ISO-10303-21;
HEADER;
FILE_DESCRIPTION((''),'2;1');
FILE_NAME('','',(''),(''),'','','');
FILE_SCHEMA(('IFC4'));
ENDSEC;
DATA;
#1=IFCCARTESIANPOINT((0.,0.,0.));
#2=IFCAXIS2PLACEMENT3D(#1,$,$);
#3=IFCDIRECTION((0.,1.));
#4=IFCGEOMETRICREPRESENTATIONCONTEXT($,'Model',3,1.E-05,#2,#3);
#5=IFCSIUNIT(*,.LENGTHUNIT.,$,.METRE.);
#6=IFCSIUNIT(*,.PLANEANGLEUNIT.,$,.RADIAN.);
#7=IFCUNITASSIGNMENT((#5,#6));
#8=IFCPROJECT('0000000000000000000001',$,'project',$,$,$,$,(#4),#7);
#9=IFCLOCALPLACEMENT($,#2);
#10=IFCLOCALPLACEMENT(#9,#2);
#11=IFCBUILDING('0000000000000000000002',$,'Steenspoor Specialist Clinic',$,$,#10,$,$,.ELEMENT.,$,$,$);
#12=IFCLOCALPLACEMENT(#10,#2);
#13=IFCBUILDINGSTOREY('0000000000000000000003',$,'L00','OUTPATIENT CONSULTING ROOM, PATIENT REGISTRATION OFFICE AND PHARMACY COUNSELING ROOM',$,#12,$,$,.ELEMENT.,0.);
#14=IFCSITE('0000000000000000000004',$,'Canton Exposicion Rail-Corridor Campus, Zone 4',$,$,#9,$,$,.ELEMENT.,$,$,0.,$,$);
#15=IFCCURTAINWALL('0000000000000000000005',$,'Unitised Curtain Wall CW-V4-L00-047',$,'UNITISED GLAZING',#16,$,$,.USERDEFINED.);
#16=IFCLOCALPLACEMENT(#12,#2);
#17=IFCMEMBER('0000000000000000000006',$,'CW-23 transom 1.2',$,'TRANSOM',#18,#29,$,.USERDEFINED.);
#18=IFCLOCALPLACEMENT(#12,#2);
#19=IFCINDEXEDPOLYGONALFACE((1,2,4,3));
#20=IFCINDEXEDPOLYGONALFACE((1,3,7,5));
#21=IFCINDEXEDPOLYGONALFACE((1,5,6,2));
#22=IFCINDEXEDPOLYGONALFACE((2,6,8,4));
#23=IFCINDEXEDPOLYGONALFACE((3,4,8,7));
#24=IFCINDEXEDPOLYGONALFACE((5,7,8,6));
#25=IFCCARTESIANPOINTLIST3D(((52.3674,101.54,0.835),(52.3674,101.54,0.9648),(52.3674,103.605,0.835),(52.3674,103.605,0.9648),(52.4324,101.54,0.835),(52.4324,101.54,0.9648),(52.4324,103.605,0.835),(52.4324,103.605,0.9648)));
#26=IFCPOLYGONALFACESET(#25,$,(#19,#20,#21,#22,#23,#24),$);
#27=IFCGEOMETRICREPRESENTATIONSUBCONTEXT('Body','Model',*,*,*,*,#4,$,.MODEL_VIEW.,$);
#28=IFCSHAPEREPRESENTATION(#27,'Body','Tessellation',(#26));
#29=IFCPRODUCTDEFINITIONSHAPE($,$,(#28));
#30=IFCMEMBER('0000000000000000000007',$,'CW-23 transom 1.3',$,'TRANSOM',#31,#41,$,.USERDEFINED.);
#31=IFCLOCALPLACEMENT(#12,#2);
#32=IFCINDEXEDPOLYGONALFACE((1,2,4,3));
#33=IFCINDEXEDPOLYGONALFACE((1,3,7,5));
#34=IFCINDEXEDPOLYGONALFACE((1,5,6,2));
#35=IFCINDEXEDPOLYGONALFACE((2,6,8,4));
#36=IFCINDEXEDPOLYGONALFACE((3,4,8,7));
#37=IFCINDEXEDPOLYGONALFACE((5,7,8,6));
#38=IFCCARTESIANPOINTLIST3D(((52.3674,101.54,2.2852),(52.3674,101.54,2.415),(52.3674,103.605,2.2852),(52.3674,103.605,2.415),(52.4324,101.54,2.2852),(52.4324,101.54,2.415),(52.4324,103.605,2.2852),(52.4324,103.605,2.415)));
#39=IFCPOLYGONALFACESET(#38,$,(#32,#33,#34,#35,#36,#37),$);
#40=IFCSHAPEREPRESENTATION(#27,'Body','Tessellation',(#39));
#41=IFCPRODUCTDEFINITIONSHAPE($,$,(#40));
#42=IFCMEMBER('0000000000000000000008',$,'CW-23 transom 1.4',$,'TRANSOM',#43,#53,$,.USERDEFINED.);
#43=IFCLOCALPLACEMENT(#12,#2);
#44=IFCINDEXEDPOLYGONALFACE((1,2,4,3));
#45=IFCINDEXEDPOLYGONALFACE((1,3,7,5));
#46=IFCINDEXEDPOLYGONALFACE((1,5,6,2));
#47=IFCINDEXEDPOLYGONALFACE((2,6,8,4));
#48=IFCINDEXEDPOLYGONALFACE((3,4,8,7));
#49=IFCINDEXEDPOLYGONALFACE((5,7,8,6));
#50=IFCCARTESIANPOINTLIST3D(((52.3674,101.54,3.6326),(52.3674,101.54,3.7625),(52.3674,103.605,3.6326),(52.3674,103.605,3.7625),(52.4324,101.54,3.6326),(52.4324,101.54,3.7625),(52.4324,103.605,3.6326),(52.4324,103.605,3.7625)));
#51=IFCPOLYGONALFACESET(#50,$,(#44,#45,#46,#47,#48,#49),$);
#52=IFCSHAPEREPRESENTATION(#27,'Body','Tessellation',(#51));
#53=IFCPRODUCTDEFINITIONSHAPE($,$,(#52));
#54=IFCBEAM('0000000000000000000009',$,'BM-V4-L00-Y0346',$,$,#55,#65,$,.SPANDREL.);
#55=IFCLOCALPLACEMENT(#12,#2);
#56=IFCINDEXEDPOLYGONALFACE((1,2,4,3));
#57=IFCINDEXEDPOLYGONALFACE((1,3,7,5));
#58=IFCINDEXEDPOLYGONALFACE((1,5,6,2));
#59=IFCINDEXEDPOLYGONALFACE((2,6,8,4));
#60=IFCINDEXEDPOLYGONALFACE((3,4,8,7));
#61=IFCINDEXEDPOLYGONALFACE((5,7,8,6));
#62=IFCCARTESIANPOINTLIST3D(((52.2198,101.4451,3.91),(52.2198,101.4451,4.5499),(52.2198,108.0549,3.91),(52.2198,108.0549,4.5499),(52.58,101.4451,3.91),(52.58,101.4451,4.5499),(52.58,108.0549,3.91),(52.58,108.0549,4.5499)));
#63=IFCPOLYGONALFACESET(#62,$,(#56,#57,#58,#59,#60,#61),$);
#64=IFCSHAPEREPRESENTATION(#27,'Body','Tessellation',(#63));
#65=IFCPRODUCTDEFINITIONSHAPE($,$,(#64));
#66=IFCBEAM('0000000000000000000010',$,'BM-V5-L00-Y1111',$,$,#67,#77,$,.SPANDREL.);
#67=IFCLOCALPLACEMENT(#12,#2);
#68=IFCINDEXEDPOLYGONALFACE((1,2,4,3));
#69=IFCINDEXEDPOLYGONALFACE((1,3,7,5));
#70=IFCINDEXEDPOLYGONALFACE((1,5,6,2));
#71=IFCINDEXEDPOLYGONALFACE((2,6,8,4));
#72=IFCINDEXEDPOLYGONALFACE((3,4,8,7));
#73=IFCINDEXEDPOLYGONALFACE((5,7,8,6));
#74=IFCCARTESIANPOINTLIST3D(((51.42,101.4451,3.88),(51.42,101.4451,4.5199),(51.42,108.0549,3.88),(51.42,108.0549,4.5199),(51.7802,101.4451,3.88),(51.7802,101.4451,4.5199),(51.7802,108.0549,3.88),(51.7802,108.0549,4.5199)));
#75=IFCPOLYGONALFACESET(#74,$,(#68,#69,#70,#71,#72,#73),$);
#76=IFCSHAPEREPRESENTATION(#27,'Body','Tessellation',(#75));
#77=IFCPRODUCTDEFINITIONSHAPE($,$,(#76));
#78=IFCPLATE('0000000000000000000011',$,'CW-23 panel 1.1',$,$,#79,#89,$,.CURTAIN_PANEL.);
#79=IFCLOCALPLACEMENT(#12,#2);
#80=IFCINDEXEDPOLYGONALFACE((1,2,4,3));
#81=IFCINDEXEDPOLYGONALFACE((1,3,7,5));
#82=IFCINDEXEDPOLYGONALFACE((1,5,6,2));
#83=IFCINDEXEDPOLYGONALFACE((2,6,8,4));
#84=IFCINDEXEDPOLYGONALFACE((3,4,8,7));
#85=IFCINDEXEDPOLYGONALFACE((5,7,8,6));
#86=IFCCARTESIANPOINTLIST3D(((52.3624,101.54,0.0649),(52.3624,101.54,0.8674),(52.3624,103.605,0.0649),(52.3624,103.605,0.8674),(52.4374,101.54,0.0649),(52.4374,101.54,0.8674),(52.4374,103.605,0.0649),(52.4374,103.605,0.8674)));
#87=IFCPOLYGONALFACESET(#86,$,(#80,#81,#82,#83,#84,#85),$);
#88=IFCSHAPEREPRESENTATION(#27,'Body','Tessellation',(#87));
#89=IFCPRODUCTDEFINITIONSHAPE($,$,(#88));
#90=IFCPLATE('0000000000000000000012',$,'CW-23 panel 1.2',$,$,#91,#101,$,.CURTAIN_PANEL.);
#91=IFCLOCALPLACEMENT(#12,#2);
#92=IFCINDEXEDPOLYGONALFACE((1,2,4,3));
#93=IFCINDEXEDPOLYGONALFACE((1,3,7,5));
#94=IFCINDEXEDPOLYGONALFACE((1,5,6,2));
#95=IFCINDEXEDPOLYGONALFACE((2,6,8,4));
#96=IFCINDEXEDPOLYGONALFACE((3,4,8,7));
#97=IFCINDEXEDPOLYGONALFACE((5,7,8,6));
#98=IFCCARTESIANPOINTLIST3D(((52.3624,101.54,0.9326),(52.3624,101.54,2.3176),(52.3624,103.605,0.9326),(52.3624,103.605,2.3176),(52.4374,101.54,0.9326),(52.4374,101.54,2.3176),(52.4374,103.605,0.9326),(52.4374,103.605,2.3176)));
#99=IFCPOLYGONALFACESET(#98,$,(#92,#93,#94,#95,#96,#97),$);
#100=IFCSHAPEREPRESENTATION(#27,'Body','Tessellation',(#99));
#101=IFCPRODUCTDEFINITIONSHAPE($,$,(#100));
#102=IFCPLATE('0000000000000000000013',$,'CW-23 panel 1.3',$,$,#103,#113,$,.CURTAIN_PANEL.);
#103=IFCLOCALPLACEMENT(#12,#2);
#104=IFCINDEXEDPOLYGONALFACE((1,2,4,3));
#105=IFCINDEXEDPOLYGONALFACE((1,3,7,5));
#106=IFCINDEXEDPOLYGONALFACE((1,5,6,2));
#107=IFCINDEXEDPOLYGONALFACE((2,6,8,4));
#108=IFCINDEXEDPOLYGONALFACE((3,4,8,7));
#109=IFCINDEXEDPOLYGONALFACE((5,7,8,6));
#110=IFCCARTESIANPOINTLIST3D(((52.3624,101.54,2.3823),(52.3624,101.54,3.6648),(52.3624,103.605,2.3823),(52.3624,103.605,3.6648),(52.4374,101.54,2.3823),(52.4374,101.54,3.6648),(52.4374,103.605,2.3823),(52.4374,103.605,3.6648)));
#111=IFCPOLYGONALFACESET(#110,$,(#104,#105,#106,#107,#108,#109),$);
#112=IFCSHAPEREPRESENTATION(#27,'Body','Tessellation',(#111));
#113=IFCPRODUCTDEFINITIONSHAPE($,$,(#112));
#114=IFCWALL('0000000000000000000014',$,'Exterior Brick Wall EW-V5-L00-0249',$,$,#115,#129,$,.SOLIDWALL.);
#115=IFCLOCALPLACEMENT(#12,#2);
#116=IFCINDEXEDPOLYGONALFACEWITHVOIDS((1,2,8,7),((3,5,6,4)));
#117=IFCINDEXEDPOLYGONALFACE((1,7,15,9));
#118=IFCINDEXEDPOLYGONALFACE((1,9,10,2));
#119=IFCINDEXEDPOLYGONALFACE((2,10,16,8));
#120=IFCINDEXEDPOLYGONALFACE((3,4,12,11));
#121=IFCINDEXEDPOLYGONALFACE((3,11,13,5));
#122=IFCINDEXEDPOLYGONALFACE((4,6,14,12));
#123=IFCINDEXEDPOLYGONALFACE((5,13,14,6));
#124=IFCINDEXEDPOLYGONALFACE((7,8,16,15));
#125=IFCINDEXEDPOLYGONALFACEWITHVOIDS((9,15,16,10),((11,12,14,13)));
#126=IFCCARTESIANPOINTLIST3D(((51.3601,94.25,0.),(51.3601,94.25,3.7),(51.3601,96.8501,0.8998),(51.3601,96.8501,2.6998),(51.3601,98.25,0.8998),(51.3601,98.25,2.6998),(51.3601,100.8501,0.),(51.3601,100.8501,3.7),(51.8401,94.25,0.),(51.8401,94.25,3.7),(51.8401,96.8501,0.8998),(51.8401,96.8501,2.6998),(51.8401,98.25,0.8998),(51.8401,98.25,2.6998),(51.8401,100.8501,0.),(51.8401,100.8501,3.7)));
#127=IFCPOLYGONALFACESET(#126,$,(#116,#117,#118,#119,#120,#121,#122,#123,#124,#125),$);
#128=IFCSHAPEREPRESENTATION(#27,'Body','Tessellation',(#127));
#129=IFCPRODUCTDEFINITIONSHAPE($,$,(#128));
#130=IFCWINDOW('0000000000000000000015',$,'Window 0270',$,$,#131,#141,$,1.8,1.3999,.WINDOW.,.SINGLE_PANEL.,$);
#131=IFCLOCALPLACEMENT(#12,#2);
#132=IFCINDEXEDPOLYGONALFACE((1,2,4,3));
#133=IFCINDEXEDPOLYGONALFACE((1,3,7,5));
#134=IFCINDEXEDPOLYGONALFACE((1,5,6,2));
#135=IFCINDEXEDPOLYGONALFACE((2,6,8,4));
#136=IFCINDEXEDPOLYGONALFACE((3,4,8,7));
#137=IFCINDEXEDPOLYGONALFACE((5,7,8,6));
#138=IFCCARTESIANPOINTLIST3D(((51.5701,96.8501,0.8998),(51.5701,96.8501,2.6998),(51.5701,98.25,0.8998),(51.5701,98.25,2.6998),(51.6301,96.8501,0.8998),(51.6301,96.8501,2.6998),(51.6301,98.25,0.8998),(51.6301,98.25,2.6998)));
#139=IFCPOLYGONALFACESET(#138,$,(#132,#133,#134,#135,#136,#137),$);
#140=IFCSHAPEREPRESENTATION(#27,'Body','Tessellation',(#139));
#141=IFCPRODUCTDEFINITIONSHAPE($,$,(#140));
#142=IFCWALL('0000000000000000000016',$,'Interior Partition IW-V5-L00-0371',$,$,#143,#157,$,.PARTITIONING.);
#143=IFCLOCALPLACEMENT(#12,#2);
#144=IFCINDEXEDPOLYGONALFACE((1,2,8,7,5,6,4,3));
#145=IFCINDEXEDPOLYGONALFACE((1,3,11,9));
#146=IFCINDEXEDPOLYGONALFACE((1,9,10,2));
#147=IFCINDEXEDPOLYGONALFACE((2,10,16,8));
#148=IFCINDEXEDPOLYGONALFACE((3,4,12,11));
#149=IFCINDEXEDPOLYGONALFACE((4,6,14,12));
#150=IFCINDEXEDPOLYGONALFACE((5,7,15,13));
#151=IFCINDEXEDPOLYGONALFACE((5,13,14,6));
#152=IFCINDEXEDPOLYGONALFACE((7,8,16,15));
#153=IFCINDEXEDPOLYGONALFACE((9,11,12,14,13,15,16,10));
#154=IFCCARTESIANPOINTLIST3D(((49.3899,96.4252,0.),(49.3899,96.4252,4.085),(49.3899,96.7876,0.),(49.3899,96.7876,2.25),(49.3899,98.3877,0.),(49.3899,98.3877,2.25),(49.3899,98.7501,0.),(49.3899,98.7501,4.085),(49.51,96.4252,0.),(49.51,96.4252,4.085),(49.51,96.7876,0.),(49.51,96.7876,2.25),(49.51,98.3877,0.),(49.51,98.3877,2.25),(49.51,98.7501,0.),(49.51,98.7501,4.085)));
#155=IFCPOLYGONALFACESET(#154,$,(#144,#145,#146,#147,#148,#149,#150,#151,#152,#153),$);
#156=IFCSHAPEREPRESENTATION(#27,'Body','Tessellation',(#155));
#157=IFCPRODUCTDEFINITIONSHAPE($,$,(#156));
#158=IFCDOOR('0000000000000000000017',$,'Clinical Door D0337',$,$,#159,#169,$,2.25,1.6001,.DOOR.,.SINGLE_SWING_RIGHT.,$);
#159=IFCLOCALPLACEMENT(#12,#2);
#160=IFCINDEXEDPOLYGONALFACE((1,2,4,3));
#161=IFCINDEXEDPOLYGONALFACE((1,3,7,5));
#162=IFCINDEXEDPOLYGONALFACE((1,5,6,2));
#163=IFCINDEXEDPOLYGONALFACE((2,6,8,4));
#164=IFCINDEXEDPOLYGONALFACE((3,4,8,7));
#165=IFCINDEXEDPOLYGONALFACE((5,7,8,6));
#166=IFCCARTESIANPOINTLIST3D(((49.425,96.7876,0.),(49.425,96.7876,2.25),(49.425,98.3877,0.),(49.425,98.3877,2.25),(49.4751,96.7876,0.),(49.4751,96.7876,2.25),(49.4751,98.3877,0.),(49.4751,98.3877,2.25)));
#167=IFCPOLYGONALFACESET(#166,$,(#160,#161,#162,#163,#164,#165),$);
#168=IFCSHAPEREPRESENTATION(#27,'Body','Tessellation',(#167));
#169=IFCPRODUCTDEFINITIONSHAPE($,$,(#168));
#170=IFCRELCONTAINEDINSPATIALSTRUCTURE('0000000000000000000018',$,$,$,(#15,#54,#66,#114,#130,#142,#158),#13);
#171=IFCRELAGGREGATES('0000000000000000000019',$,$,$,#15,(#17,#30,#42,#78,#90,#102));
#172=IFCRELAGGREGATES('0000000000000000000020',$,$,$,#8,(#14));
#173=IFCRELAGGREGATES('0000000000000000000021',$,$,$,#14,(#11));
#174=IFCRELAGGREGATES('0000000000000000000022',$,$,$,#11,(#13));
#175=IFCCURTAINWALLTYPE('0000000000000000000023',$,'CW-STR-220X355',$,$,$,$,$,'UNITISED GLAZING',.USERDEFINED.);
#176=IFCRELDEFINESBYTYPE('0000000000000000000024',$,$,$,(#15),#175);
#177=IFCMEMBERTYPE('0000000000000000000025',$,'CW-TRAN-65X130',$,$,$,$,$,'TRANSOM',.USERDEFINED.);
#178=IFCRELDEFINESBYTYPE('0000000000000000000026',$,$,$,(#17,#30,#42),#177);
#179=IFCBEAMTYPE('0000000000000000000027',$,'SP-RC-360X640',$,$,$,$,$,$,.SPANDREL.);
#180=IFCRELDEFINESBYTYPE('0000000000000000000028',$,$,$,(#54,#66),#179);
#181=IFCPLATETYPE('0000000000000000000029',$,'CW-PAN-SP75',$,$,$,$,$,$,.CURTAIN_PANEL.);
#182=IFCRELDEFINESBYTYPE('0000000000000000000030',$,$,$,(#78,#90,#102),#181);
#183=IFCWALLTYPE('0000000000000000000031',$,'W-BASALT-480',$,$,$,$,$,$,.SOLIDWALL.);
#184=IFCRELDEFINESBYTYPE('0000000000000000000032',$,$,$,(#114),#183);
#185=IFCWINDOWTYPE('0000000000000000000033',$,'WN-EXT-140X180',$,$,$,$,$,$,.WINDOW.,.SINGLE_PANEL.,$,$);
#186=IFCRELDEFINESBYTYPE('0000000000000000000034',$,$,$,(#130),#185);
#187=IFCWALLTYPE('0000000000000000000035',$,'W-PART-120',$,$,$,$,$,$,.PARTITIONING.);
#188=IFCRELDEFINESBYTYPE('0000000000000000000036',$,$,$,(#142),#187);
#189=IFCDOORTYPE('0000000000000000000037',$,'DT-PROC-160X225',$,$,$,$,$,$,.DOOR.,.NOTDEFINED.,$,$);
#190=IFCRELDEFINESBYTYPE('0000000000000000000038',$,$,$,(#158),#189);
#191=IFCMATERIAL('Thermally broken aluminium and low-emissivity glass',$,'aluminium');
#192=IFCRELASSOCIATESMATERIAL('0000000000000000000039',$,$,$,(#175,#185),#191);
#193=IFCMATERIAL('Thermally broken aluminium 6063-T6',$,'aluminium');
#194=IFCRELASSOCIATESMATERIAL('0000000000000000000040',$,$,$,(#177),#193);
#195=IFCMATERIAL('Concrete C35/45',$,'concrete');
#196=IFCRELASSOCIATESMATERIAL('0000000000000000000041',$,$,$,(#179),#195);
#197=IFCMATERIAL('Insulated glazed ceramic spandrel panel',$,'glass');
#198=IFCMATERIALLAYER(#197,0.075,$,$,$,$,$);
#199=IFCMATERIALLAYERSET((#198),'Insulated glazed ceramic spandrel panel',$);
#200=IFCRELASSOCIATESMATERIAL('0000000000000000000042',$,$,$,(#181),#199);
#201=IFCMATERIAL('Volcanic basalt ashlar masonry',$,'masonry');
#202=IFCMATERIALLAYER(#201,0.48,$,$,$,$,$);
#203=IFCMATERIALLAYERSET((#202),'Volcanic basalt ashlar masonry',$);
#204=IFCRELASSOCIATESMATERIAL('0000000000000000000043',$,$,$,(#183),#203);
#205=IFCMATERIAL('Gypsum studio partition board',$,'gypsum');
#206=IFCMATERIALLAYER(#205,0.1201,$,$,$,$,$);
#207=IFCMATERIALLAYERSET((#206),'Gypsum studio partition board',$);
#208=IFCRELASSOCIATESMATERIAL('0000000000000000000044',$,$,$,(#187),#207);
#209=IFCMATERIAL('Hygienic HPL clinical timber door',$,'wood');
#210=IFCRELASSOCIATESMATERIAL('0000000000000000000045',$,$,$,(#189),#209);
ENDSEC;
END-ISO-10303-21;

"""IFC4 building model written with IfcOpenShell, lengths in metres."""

from ifc_helpers import new_model, si_unit, direction, frame, frame_2d, origin, origin_2d, place, context, subcontext, project, spatial, rectangle, extrude, material, layer, layer_set, material_profile, profile_set, type_object, element, fill, aggregate, save


model = new_model("IFC4")

# Units and contexts
model_context = context("Model", 3, precision=1e-05, world=origin(), true_north=direction((0.0, 1.0)))
body_context = subcontext(model_context, "Body", "Model", "MODEL_VIEW")
ifc_project = project(units=[si_unit("LENGTHUNIT", "METRE"), si_unit("PLANEANGLEUNIT", "RADIAN")], contexts=[model_context])

# Site, building, storey
site_placement = place(None, origin())
site = spatial("IfcSite", under=ifc_project, at=site_placement, Name="Canton Exposicion Rail-Corridor Campus, Zone 4", CompositionType="ELEMENT", RefElevation=0.0)
building_placement = place(site_placement, origin())
building = spatial("IfcBuilding", under=site, at=building_placement, Name="Steenspoor Specialist Clinic", CompositionType="ELEMENT")
storey_placement = place(building_placement, origin())
storey = spatial("IfcBuildingStorey", under=building, at=storey_placement, Name="L00", Description="OUTPATIENT CONSULTING ROOM, PATIENT REGISTRATION OFFICE AND PHARMACY COUNSELING ROOM", CompositionType="ELEMENT", Elevation=0.0)

# Shared definitions
ifc_material_1 = material(Name="Concrete C35/45", Category="concrete")

# Curtain wall, members
ifc_material_2 = material(Name="Thermally broken aluminium and low-emissivity glass", Category="aluminium")
curtain_wall_type = type_object("IfcCurtainWallType", Name="CW-STR-220X355", ElementType="UNITISED GLAZING", PredefinedType="USERDEFINED", material=ifc_material_2)
curtain_wall_placement = place(storey_placement, origin())
curtain_wall = element("IfcCurtainWall", 1, at=curtain_wall_placement, inside=storey, type_object=curtain_wall_type, Name="Unitised Curtain Wall CW-V4-L00-047", ObjectType="UNITISED GLAZING", PredefinedType="USERDEFINED")
ifc_material_3 = material(Name="Thermally broken aluminium 6063-T6", Category="aluminium")
ifc_material_profile_1 = material_profile(ifc_material_3, rectangle(XDim=0.0649, YDim=0.1299, at=origin_2d()), Name="CWT-65X130")
ifc_profile_set_1 = profile_set([ifc_material_profile_1], Name="Thermally broken aluminium 6063-T6")
member_type_1 = type_object("IfcMemberType", Name="CW-TRAN-65X130", ElementType="TRANSOM", PredefinedType="USERDEFINED", material=ifc_profile_set_1)
member_1_placement = place(storey_placement, frame((52.3999, 101.54, 0.8999), z_axis=(0.0, 1.0, 0.0), x_axis=(-1.0, 0.0, 0.0)))
member_1 = element("IfcMember", 2, at=member_1_placement, type_object=member_type_1, Name="CW-23 transom 1.2", ObjectType="TRANSOM", PredefinedType="USERDEFINED", context=body_context, shape_type="SweptSolid", body=[
    extrude(rectangle(XDim=0.0649, YDim=0.1299, at=origin_2d()), origin(), (0.0, 0.0, 1.0), 2.0649),
])
member_2_placement = place(storey_placement, frame((52.3999, 101.54, 2.3501), z_axis=(0.0, 1.0, 0.0), x_axis=(-1.0, 0.0, 0.0)))
member_2 = element("IfcMember", 3, at=member_2_placement, type_object=member_type_1, Name="CW-23 transom 1.3", ObjectType="TRANSOM", PredefinedType="USERDEFINED", context=body_context, shape_type="SweptSolid", body=[
    extrude(rectangle(XDim=0.0649, YDim=0.1299, at=origin_2d()), origin(), (0.0, 0.0, 1.0), 2.0649),
])
member_3_placement = place(storey_placement, frame((52.3999, 101.54, 3.6975), z_axis=(0.0, 1.0, 0.0), x_axis=(-1.0, 0.0, 0.0)))
member_3 = element("IfcMember", 4, at=member_3_placement, type_object=member_type_1, Name="CW-23 transom 1.4", ObjectType="TRANSOM", PredefinedType="USERDEFINED", context=body_context, shape_type="SweptSolid", body=[
    extrude(rectangle(XDim=0.0649, YDim=0.1299, at=origin_2d()), origin(), (0.0, 0.0, 1.0), 2.0649),
])

# Beams
ifc_material_profile_2 = material_profile(ifc_material_1, rectangle(XDim=0.3601, YDim=0.6399, at=origin_2d()), Name="RC-SP-360X640")
ifc_profile_set_2 = profile_set([ifc_material_profile_2], Name="Concrete C35/45")
beam_type = type_object("IfcBeamType", Name="SP-RC-360X640", PredefinedType="SPANDREL", material=ifc_profile_set_2)
for number, where, z_axis, x_axis, name in (
    (5, (52.3999, 101.4451, 4.23), (0.0, 1.0, 0.0), (-1.0, 0.0, 0.0), "BM-V4-L00-Y0346"),
    (6, (51.6001, 101.4451, 4.2), (0.0, 1.0, 0.0), (-1.0, 0.0, 0.0), "BM-V5-L00-Y1111"),
):
    element("IfcBeam", number, at=place(storey_placement, frame(where, z_axis=z_axis, x_axis=x_axis)), inside=storey, type_object=beam_type, Name=name, PredefinedType="SPANDREL", context=body_context, shape_type="SweptSolid", body=[
        extrude(rectangle(XDim=0.3601, YDim=0.6399, at=origin_2d()), origin(), (0.0, 0.0, 1.0), 6.6099),
    ])

# Plates
ifc_material_4 = material(Name="Insulated glazed ceramic spandrel panel", Category="glass")
ifc_layer_1 = layer(ifc_material_4, 0.075)
ifc_layer_set_1 = layer_set([ifc_layer_1], Name="Insulated glazed ceramic spandrel panel")
plate_type = type_object("IfcPlateType", Name="CW-PAN-SP75", PredefinedType="CURTAIN_PANEL", material=ifc_layer_set_1)
plate_1_placement = place(storey_placement, frame((52.3999, 102.5725, 0.0649), z_axis=(0.0, 0.0, 1.0), x_axis=(0.0, 1.0, 0.0)))
plate_1 = element("IfcPlate", 7, at=plate_1_placement, type_object=plate_type, Name="CW-23 panel 1.1", PredefinedType="CURTAIN_PANEL", context=body_context, shape_type="SweptSolid", body=[
    extrude(rectangle(XDim=2.0649, YDim=0.075, at=origin_2d()), origin(), (0.0, 0.0, 1.0), 0.8025),
])
plate_2_placement = place(storey_placement, frame((52.3999, 102.5725, 0.9326), z_axis=(0.0, 0.0, 1.0), x_axis=(0.0, 1.0, 0.0)))
plate_2 = element("IfcPlate", 8, at=plate_2_placement, type_object=plate_type, Name="CW-23 panel 1.2", PredefinedType="CURTAIN_PANEL", context=body_context, shape_type="SweptSolid", body=[
    extrude(rectangle(XDim=2.0649, YDim=0.075, at=origin_2d()), origin(), (0.0, 0.0, 1.0), 1.385),
])
plate_3_placement = place(storey_placement, frame((52.3999, 102.5725, 2.3823), z_axis=(0.0, 0.0, 1.0), x_axis=(0.0, 1.0, 0.0)))
plate_3 = element("IfcPlate", 9, at=plate_3_placement, type_object=plate_type, Name="CW-23 panel 1.3", PredefinedType="CURTAIN_PANEL", context=body_context, shape_type="SweptSolid", body=[
    extrude(rectangle(XDim=2.0649, YDim=0.075, at=origin_2d()), origin(), (0.0, 0.0, 1.0), 1.2825),
])
aggregate(curtain_wall, [member_1, member_2, member_3, plate_1, plate_2, plate_3])

# Wall, opening, window
ifc_material_5 = material(Name="Volcanic basalt ashlar masonry", Category="masonry")
ifc_layer_2 = layer(ifc_material_5, 0.48)
ifc_layer_set_2 = layer_set([ifc_layer_2], Name="Volcanic basalt ashlar masonry")
wall_type_1 = type_object("IfcWallType", Name="W-BASALT-480", PredefinedType="SOLIDWALL", material=ifc_layer_set_2)
wall_1_placement = place(storey_placement, frame((51.6001, 100.8501, 0.0), z_axis=(0.0, 0.0, 1.0), x_axis=(0.0, -1.0, 0.0)))
wall_1 = element("IfcWall", 10, at=wall_1_placement, inside=storey, type_object=wall_type_1, Name="Exterior Brick Wall EW-V5-L00-0249", PredefinedType="SOLIDWALL", context=body_context, shape_type="SweptSolid", body=[
    extrude(rectangle(XDim=6.6001, YDim=0.48, at=frame_2d((3.3, 0.0))), origin(), (0.0, 0.0, 1.0), 3.7),
])
opening_1_placement = place(wall_1_placement, frame((2.6001, 0.0, 0.8999)))
opening_1 = element("IfcOpeningElement", 11, at=opening_1_placement, cuts=wall_1, PredefinedType="OPENING", context=body_context, shape_type="SweptSolid", body=[
    extrude(rectangle(XDim=1.3999, YDim=1.8, at=frame_2d((0.7, 0.8999))), frame((0.0, 0.25, 0.0), z_axis=(0.0, -1.0, 0.0), x_axis=(1.0, 0.0, 0.0)), (0.0, 0.0, 1.0), 0.5),
])
window_type = type_object("IfcWindowType", Name="WN-EXT-140X180", PartitioningType="SINGLE_PANEL", PredefinedType="WINDOW", material=ifc_material_2)
window_placement = place(opening_1_placement, origin())
window = element("IfcWindow", 12, at=window_placement, inside=storey, type_object=window_type, Name="Window 0270", OverallHeight=1.8, OverallWidth=1.3999, PartitioningType="SINGLE_PANEL", PredefinedType="WINDOW", context=body_context, shape_type="SweptSolid", body=[
    extrude(rectangle(XDim=1.3999, YDim=1.8, at=frame_2d((0.7, 0.8999))), frame((0.0, 0.03, 0.0), z_axis=(0.0, -1.0, 0.0), x_axis=(1.0, 0.0, 0.0)), (0.0, 0.0, 1.0), 0.0601),
])
fill(opening_1, window)

# Wall, opening, door
ifc_material_6 = material(Name="Gypsum studio partition board", Category="gypsum")
ifc_layer_3 = layer(ifc_material_6, 0.1201)
ifc_layer_set_3 = layer_set([ifc_layer_3], Name="Gypsum studio partition board")
wall_type_2 = type_object("IfcWallType", Name="W-PART-120", PredefinedType="PARTITIONING", material=ifc_layer_set_3)
wall_2_placement = place(storey_placement, frame((49.45, 96.425, 0.0), z_axis=(0.0, 0.0, 1.0), x_axis=(0.0, 1.0, 0.0)))
wall_2 = element("IfcWall", 13, at=wall_2_placement, inside=storey, type_object=wall_type_2, Name="Interior Partition IW-V5-L00-0371", PredefinedType="PARTITIONING", context=body_context, shape_type="SweptSolid", body=[
    extrude(rectangle(XDim=2.325, YDim=0.1201, at=frame_2d((1.1626, 0.0))), origin(), (0.0, 0.0, 1.0), 4.085),
])
opening_2_placement = place(wall_2_placement, frame((0.3625, 0.0, 0.0)))
opening_2 = element("IfcOpeningElement", 14, at=opening_2_placement, cuts=wall_2, PredefinedType="OPENING", context=body_context, shape_type="SweptSolid", body=[
    extrude(rectangle(XDim=1.6001, YDim=2.25, at=frame_2d((0.8, 1.125))), frame((0.0, 0.0701, 0.0), z_axis=(0.0, -1.0, 0.0), x_axis=(1.0, 0.0, 0.0)), (0.0, 0.0, 1.0), 0.1401),
])
ifc_material_7 = material(Name="Hygienic HPL clinical timber door", Category="wood")
door_type = type_object("IfcDoorType", Name="DT-PROC-160X225", OperationType="NOTDEFINED", PredefinedType="DOOR", material=ifc_material_7)
door_placement = place(opening_2_placement, origin())
door = element("IfcDoor", 15, at=door_placement, inside=storey, type_object=door_type, Name="Clinical Door D0337", OperationType="SINGLE_SWING_RIGHT", OverallHeight=2.25, OverallWidth=1.6001, PredefinedType="DOOR", context=body_context, shape_type="SweptSolid", body=[
    extrude(rectangle(XDim=1.6001, YDim=2.25, at=frame_2d((0.8, 1.125))), frame((0.0, 0.0249, 0.0), z_axis=(0.0, -1.0, 0.0), x_axis=(1.0, 0.0, 0.0)), (0.0, 0.0, 1.0), 0.05),
])
fill(opening_2, door)

save(model, "model.ifc")
